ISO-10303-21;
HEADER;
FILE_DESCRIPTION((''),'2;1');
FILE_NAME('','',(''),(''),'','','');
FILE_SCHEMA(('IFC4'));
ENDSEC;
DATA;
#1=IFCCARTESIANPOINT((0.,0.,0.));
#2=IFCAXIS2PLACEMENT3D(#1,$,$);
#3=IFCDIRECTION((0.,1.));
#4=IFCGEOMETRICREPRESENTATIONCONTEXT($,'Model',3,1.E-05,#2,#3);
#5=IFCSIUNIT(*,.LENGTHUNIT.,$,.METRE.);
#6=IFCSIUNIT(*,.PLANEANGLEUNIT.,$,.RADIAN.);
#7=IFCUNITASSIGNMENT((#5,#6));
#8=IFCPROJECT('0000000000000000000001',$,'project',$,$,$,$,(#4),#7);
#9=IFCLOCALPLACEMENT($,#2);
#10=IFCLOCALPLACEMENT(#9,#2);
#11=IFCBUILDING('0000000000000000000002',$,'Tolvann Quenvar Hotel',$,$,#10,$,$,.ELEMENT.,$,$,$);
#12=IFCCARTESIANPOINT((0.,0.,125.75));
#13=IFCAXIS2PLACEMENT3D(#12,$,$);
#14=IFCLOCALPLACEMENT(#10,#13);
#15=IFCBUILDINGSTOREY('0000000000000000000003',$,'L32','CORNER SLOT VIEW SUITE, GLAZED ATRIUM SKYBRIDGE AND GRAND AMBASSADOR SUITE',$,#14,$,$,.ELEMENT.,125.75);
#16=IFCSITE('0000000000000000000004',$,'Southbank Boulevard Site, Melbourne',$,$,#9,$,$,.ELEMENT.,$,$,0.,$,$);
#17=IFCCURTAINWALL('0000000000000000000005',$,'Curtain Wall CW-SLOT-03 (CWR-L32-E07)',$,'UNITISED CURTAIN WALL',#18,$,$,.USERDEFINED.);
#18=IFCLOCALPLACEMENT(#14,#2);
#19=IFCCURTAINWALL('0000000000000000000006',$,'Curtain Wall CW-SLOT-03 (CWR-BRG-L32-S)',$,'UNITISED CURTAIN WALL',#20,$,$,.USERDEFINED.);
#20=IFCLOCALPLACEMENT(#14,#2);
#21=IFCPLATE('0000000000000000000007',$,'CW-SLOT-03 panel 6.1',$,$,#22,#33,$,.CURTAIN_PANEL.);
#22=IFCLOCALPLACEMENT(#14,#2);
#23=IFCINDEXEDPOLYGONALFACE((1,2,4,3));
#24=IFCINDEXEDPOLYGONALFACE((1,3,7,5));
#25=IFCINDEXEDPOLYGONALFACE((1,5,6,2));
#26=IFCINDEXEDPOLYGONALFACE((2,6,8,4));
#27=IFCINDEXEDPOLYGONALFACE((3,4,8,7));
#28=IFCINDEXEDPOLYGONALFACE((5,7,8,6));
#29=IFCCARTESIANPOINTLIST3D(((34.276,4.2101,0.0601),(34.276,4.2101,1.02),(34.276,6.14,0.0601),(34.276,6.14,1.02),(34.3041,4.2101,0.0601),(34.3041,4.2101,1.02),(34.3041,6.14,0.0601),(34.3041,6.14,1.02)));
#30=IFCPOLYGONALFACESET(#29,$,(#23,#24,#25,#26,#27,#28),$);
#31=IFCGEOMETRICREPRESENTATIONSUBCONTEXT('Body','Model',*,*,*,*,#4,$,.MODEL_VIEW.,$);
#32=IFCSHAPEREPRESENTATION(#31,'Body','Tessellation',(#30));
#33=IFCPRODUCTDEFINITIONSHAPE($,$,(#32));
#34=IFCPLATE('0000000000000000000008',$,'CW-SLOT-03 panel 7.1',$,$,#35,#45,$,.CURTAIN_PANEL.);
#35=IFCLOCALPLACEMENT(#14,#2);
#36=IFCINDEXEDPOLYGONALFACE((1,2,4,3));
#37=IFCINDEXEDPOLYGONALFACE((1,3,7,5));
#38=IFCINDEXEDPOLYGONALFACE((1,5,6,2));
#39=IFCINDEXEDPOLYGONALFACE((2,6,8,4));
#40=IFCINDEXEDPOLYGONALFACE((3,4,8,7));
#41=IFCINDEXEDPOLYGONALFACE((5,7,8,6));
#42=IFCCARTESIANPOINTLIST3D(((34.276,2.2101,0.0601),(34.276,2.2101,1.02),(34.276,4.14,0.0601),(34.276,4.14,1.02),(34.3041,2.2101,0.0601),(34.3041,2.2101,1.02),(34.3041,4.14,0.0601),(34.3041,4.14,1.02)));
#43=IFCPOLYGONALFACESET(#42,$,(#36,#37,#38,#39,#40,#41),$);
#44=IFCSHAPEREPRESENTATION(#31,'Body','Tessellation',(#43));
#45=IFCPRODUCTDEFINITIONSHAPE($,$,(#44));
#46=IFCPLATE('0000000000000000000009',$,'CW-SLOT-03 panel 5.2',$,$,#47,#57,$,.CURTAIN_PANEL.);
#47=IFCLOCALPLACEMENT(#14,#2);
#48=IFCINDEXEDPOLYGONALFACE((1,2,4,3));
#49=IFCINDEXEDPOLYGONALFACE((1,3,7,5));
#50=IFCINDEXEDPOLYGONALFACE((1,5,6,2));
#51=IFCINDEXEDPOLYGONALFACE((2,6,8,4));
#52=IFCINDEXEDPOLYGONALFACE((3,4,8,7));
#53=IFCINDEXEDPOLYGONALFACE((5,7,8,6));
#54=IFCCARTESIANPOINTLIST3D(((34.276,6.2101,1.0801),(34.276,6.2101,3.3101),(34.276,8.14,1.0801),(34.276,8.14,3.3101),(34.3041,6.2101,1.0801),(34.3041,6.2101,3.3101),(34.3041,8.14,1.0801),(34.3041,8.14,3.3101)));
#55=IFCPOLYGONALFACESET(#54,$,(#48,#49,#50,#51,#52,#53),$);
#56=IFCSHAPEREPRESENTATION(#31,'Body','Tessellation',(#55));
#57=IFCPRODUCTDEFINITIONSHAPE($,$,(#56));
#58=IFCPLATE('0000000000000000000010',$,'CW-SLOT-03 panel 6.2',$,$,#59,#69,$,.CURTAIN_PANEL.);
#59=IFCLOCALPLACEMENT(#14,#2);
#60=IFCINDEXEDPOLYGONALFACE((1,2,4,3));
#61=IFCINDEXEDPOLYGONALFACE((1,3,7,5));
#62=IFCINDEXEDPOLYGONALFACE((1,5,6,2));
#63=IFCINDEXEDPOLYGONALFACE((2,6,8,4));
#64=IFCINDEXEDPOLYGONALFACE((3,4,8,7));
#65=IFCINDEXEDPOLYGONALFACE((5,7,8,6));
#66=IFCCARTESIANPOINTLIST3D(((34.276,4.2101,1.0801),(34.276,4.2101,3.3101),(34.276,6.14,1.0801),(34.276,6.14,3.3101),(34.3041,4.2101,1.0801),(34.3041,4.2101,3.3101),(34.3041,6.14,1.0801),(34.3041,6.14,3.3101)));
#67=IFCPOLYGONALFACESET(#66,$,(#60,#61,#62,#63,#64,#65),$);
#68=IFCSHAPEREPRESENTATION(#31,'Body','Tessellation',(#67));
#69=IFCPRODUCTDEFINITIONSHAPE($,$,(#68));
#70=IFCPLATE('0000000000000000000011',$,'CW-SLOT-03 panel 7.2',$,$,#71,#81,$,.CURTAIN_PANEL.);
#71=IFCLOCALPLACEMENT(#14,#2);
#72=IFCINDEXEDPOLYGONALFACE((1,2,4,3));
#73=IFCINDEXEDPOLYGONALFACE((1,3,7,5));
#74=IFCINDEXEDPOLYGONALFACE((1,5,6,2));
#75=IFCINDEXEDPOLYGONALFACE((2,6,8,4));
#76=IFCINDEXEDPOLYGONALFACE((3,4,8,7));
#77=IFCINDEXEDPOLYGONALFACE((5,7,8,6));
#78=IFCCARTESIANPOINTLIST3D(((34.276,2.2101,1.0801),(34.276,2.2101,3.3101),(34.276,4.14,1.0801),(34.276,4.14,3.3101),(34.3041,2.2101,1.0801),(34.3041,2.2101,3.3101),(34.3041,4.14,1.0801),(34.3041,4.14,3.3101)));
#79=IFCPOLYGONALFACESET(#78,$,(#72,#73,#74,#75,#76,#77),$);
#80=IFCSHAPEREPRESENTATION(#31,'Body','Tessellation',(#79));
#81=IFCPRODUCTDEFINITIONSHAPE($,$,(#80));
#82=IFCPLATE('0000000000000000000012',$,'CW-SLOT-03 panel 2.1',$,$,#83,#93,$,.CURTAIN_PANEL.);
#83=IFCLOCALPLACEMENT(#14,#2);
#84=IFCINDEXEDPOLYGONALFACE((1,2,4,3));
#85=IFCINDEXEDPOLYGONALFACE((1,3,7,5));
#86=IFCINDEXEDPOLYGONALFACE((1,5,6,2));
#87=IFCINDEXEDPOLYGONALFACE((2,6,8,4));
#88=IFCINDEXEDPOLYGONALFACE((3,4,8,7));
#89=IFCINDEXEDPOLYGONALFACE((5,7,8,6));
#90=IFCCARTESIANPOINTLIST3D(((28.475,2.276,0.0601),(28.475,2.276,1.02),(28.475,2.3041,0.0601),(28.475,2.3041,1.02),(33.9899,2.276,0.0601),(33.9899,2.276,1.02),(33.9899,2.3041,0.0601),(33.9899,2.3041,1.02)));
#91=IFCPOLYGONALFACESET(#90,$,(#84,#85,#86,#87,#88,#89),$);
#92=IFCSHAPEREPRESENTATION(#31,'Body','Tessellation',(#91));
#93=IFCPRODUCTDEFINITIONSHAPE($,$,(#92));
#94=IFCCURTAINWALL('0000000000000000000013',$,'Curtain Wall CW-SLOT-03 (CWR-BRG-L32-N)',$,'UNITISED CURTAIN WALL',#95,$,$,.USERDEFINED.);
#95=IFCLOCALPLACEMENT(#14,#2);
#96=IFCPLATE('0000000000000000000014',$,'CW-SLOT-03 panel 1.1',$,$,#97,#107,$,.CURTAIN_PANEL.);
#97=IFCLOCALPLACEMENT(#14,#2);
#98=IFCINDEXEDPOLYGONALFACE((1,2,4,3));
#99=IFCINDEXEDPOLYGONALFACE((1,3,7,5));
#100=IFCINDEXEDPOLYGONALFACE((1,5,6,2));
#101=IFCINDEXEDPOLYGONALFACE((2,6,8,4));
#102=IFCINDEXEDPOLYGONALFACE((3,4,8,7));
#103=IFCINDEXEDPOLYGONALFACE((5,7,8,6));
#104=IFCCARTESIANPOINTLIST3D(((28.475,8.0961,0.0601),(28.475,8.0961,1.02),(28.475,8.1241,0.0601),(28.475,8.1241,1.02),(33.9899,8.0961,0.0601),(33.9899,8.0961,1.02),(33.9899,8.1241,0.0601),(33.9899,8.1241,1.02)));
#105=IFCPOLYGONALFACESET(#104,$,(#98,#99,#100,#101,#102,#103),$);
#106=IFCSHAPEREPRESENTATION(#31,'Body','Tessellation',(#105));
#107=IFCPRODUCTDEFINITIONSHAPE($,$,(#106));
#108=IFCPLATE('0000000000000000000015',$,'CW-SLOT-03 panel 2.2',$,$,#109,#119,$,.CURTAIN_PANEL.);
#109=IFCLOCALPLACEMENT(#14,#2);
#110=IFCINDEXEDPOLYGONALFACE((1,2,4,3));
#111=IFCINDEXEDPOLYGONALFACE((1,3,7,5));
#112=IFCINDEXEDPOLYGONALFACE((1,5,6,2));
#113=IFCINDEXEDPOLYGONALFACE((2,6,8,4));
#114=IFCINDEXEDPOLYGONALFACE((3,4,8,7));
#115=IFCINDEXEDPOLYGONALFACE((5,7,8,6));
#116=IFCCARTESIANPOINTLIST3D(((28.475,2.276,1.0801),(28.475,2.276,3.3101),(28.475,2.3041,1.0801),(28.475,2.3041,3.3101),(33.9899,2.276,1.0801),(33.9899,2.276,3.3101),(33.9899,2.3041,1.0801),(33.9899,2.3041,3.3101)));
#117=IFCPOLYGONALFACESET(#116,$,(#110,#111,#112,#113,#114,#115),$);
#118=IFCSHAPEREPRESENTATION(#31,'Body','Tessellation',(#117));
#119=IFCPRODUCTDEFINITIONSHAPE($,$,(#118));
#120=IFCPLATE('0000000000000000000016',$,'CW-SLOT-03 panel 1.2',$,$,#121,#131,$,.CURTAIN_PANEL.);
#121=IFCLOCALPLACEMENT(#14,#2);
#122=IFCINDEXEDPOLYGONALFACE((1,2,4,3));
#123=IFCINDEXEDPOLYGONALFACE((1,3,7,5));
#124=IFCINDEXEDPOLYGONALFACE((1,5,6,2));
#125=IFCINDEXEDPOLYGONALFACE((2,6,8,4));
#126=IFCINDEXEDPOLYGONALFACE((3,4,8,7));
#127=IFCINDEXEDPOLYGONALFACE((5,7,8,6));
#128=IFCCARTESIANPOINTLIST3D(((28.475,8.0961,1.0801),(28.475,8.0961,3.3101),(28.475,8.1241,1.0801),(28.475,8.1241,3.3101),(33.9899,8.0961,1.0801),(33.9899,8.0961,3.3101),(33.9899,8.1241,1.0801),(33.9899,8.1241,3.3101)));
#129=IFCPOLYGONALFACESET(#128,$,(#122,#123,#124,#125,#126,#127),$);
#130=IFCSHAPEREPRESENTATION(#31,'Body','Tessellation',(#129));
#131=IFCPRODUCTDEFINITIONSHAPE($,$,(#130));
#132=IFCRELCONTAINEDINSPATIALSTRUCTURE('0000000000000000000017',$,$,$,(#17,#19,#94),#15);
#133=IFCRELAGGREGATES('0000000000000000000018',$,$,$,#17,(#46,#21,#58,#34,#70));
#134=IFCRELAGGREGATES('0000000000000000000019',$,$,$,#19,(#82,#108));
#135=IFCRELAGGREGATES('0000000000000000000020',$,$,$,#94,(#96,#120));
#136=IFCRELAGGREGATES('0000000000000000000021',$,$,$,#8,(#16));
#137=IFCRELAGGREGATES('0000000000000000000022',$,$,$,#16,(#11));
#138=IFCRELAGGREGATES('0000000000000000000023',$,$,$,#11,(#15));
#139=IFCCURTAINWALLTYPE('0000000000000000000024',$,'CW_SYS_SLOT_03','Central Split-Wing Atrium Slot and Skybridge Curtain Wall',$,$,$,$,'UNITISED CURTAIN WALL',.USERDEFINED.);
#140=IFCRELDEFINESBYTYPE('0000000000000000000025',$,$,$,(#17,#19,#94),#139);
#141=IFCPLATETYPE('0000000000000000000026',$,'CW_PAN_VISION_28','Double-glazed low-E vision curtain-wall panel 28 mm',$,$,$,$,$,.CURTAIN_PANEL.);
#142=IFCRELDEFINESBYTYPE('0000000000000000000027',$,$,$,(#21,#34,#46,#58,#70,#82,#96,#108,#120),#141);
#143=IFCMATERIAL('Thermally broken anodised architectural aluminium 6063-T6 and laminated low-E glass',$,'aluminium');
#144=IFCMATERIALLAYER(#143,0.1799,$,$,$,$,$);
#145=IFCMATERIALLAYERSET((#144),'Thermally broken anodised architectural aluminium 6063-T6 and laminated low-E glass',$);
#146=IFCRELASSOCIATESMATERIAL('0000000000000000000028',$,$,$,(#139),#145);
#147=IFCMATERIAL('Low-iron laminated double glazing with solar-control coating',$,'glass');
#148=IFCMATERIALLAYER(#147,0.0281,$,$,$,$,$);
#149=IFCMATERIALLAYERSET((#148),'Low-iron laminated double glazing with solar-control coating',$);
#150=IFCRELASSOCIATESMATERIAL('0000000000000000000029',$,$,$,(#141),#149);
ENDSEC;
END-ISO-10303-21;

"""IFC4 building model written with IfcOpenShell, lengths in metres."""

from ifc_helpers import new_model, si_unit, direction, frame, origin, origin_2d, place, context, subcontext, project, spatial, rectangle, extrude, source, transform, mapped, material, layer, layer_set, type_object, element, aggregate, save


model = new_model("IFC4")

# Units and contexts
model_context = context("Model", 3, precision=1e-05, world=origin(), true_north=direction((0.0, 1.0)))
body_context = subcontext(model_context, "Body", "Model", "MODEL_VIEW")
ifc_project = project(units=[si_unit("LENGTHUNIT", "METRE"), si_unit("PLANEANGLEUNIT", "RADIAN")], contexts=[model_context])

# Site, building, storey
site_placement = place(None, origin())
site = spatial("IfcSite", under=ifc_project, at=site_placement, Name="Southbank Boulevard Site, Melbourne", CompositionType="ELEMENT", RefElevation=0.0)
building_placement = place(site_placement, origin())
building = spatial("IfcBuilding", under=site, at=building_placement, Name="Tolvann Quenvar Hotel", CompositionType="ELEMENT")
storey_placement = place(building_placement, frame((0.0, 0.0, 125.75)))
storey = spatial("IfcBuildingStorey", under=building, at=storey_placement, Name="L32", Description="CORNER SLOT VIEW SUITE, GLAZED ATRIUM SKYBRIDGE AND GRAND AMBASSADOR SUITE", CompositionType="ELEMENT", Elevation=125.75)

# Curtain wall
ifc_material_1 = material(Name="Thermally broken anodised architectural aluminium 6063-T6 and laminated low-E glass", Category="aluminium")
ifc_layer_1 = layer(ifc_material_1, 0.1799)
ifc_layer_set_1 = layer_set([ifc_layer_1], Name="Thermally broken anodised architectural aluminium 6063-T6 and laminated low-E glass")
curtain_wall_type = type_object("IfcCurtainWallType", Name="CW_SYS_SLOT_03", Description="Central Split-Wing Atrium Slot and Skybridge Curtain Wall", ElementType="UNITISED CURTAIN WALL", PredefinedType="USERDEFINED", material=ifc_layer_set_1)
curtain_wall_1_placement = place(storey_placement, origin())
curtain_wall_1 = element("IfcCurtainWall", 1, at=curtain_wall_1_placement, inside=storey, type_object=curtain_wall_type, Name="Curtain Wall CW-SLOT-03 (CWR-L32-E07)", ObjectType="UNITISED CURTAIN WALL", PredefinedType="USERDEFINED")

# Curtain wall
curtain_wall_2_placement = place(storey_placement, origin())
curtain_wall_2 = element("IfcCurtainWall", 2, at=curtain_wall_2_placement, inside=storey, type_object=curtain_wall_type, Name="Curtain Wall CW-SLOT-03 (CWR-BRG-L32-S)", ObjectType="UNITISED CURTAIN WALL", PredefinedType="USERDEFINED")

# Plates
ifc_material_2 = material(Name="Low-iron laminated double glazing with solar-control coating", Category="glass")
ifc_layer_2 = layer(ifc_material_2, 0.0281)
ifc_layer_set_2 = layer_set([ifc_layer_2], Name="Low-iron laminated double glazing with solar-control coating")
plate_type_1 = type_object("IfcPlateType", Name="CW_PAN_VISION_28", Description="Double-glazed low-E vision curtain-wall panel 28 mm", PredefinedType="CURTAIN_PANEL", material=ifc_layer_set_2)
shared_shape_1 = source(origin(), body_context, "Body", "SweptSolid", [
    extrude(rectangle(XDim=1.9299, YDim=0.0281, at=origin_2d()), origin(), (0.0, 0.0, 1.0), 0.96),
])
plate_1_placement = place(storey_placement, frame((34.29, 5.175, 0.0601), z_axis=(0.0, 0.0, 1.0), x_axis=(0.0, -1.0, 0.0)))
plate_1 = element("IfcPlate", 3, at=plate_1_placement, type_object=plate_type_1, Name="CW-SLOT-03 panel 6.1", PredefinedType="CURTAIN_PANEL", context=body_context, shape_type="MappedRepresentation", body=[
    mapped(shared_shape_1, transform((0.0, 0.0, 0.0), x_axis=(1.0, 0.0, 0.0), y_axis=(0.0, 1.0, 0.0), z_axis=(0.0, 0.0, 1.0), scale=1.0)),
])
plate_2_placement = place(storey_placement, frame((34.29, 3.175, 0.0601), z_axis=(0.0, 0.0, 1.0), x_axis=(0.0, -1.0, 0.0)))
plate_2 = element("IfcPlate", 4, at=plate_2_placement, type_object=plate_type_1, Name="CW-SLOT-03 panel 7.1", PredefinedType="CURTAIN_PANEL", context=body_context, shape_type="MappedRepresentation", body=[
    mapped(shared_shape_1, transform((0.0, 0.0, 0.0), x_axis=(1.0, 0.0, 0.0), y_axis=(0.0, 1.0, 0.0), z_axis=(0.0, 0.0, 1.0), scale=1.0)),
])
shared_shape_2 = source(origin(), body_context, "Body", "SweptSolid", [
    extrude(rectangle(XDim=1.9299, YDim=0.0281, at=origin_2d()), origin(), (0.0, 0.0, 1.0), 2.23),
])
plate_3_placement = place(storey_placement, frame((34.29, 7.175, 1.0801), z_axis=(0.0, 0.0, 1.0), x_axis=(0.0, -1.0, 0.0)))
plate_3 = element("IfcPlate", 5, at=plate_3_placement, type_object=plate_type_1, Name="CW-SLOT-03 panel 5.2", PredefinedType="CURTAIN_PANEL", context=body_context, shape_type="MappedRepresentation", body=[
    mapped(shared_shape_2, transform((0.0, 0.0, 0.0), x_axis=(1.0, 0.0, 0.0), y_axis=(0.0, 1.0, 0.0), z_axis=(0.0, 0.0, 1.0), scale=1.0)),
])
plate_4_placement = place(storey_placement, frame((34.29, 5.175, 1.0801), z_axis=(0.0, 0.0, 1.0), x_axis=(0.0, -1.0, 0.0)))
plate_4 = element("IfcPlate", 6, at=plate_4_placement, type_object=plate_type_1, Name="CW-SLOT-03 panel 6.2", PredefinedType="CURTAIN_PANEL", context=body_context, shape_type="MappedRepresentation", body=[
    mapped(shared_shape_2, transform((0.0, 0.0, 0.0), x_axis=(1.0, 0.0, 0.0), y_axis=(0.0, 1.0, 0.0), z_axis=(0.0, 0.0, 1.0), scale=1.0)),
])
plate_5_placement = place(storey_placement, frame((34.29, 3.175, 1.0801), z_axis=(0.0, 0.0, 1.0), x_axis=(0.0, -1.0, 0.0)))
plate_5 = element("IfcPlate", 7, at=plate_5_placement, type_object=plate_type_1, Name="CW-SLOT-03 panel 7.2", PredefinedType="CURTAIN_PANEL", context=body_context, shape_type="MappedRepresentation", body=[
    mapped(shared_shape_2, transform((0.0, 0.0, 0.0), x_axis=(1.0, 0.0, 0.0), y_axis=(0.0, 1.0, 0.0), z_axis=(0.0, 0.0, 1.0), scale=1.0)),
])
aggregate(curtain_wall_1, [plate_3, plate_1, plate_4, plate_2, plate_5])
shared_shape_3 = source(origin(), body_context, "Body", "SweptSolid", [
    extrude(rectangle(XDim=5.5149, YDim=0.0281, at=origin_2d()), origin(), (0.0, 0.0, 1.0), 0.96),
])
plate_6_placement = place(storey_placement, frame((31.2324, 2.29, 0.0601), z_axis=(0.0, 0.0, 1.0), x_axis=(1.0, 0.0, 0.0)))
plate_6 = element("IfcPlate", 8, at=plate_6_placement, type_object=plate_type_1, Name="CW-SLOT-03 panel 2.1", PredefinedType="CURTAIN_PANEL", context=body_context, shape_type="MappedRepresentation", body=[
    mapped(shared_shape_3, transform((0.0, 0.0, 0.0), x_axis=(1.0, 0.0, 0.0), y_axis=(0.0, 1.0, 0.0), z_axis=(0.0, 0.0, 1.0), scale=1.0)),
])

# Curtain wall, plate
curtain_wall_3_placement = place(storey_placement, origin())
curtain_wall_3 = element("IfcCurtainWall", 9, at=curtain_wall_3_placement, inside=storey, type_object=curtain_wall_type, Name="Curtain Wall CW-SLOT-03 (CWR-BRG-L32-N)", ObjectType="UNITISED CURTAIN WALL", PredefinedType="USERDEFINED")
plate_7_placement = place(storey_placement, frame((31.2324, 8.1101, 0.0601), z_axis=(0.0, 0.0, 1.0), x_axis=(-1.0, 0.0, 0.0)))
plate_7 = element("IfcPlate", 10, at=plate_7_placement, type_object=plate_type_1, Name="CW-SLOT-03 panel 1.1", PredefinedType="CURTAIN_PANEL", context=body_context, shape_type="MappedRepresentation", body=[
    mapped(shared_shape_3, transform((0.0, 0.0, 0.0), x_axis=(1.0, 0.0, 0.0), y_axis=(0.0, 1.0, 0.0), z_axis=(0.0, 0.0, 1.0), scale=1.0)),
])

# Plates
shared_shape_4 = source(origin(), body_context, "Body", "SweptSolid", [
    extrude(rectangle(XDim=5.5149, YDim=0.0281, at=origin_2d()), origin(), (0.0, 0.0, 1.0), 2.23),
])
plate_8_placement = place(storey_placement, frame((31.2324, 2.29, 1.0801), z_axis=(0.0, 0.0, 1.0), x_axis=(1.0, 0.0, 0.0)))
plate_8 = element("IfcPlate", 11, at=plate_8_placement, type_object=plate_type_1, Name="CW-SLOT-03 panel 2.2", PredefinedType="CURTAIN_PANEL", context=body_context, shape_type="MappedRepresentation", body=[
    mapped(shared_shape_4, transform((0.0, 0.0, 0.0), x_axis=(1.0, 0.0, 0.0), y_axis=(0.0, 1.0, 0.0), z_axis=(0.0, 0.0, 1.0), scale=1.0)),
])
aggregate(curtain_wall_2, [plate_6, plate_8])
plate_9_placement = place(storey_placement, frame((31.2324, 8.1101, 1.0801), z_axis=(0.0, 0.0, 1.0), x_axis=(-1.0, 0.0, 0.0)))
plate_9 = element("IfcPlate", 12, at=plate_9_placement, type_object=plate_type_1, Name="CW-SLOT-03 panel 1.2", PredefinedType="CURTAIN_PANEL", context=body_context, shape_type="MappedRepresentation", body=[
    mapped(shared_shape_4, transform((0.0, 0.0, 0.0), x_axis=(1.0, 0.0, 0.0), y_axis=(0.0, 1.0, 0.0), z_axis=(0.0, 0.0, 1.0), scale=1.0)),
])
aggregate(curtain_wall_3, [plate_7, plate_9])

save(model, "model.ifc")
